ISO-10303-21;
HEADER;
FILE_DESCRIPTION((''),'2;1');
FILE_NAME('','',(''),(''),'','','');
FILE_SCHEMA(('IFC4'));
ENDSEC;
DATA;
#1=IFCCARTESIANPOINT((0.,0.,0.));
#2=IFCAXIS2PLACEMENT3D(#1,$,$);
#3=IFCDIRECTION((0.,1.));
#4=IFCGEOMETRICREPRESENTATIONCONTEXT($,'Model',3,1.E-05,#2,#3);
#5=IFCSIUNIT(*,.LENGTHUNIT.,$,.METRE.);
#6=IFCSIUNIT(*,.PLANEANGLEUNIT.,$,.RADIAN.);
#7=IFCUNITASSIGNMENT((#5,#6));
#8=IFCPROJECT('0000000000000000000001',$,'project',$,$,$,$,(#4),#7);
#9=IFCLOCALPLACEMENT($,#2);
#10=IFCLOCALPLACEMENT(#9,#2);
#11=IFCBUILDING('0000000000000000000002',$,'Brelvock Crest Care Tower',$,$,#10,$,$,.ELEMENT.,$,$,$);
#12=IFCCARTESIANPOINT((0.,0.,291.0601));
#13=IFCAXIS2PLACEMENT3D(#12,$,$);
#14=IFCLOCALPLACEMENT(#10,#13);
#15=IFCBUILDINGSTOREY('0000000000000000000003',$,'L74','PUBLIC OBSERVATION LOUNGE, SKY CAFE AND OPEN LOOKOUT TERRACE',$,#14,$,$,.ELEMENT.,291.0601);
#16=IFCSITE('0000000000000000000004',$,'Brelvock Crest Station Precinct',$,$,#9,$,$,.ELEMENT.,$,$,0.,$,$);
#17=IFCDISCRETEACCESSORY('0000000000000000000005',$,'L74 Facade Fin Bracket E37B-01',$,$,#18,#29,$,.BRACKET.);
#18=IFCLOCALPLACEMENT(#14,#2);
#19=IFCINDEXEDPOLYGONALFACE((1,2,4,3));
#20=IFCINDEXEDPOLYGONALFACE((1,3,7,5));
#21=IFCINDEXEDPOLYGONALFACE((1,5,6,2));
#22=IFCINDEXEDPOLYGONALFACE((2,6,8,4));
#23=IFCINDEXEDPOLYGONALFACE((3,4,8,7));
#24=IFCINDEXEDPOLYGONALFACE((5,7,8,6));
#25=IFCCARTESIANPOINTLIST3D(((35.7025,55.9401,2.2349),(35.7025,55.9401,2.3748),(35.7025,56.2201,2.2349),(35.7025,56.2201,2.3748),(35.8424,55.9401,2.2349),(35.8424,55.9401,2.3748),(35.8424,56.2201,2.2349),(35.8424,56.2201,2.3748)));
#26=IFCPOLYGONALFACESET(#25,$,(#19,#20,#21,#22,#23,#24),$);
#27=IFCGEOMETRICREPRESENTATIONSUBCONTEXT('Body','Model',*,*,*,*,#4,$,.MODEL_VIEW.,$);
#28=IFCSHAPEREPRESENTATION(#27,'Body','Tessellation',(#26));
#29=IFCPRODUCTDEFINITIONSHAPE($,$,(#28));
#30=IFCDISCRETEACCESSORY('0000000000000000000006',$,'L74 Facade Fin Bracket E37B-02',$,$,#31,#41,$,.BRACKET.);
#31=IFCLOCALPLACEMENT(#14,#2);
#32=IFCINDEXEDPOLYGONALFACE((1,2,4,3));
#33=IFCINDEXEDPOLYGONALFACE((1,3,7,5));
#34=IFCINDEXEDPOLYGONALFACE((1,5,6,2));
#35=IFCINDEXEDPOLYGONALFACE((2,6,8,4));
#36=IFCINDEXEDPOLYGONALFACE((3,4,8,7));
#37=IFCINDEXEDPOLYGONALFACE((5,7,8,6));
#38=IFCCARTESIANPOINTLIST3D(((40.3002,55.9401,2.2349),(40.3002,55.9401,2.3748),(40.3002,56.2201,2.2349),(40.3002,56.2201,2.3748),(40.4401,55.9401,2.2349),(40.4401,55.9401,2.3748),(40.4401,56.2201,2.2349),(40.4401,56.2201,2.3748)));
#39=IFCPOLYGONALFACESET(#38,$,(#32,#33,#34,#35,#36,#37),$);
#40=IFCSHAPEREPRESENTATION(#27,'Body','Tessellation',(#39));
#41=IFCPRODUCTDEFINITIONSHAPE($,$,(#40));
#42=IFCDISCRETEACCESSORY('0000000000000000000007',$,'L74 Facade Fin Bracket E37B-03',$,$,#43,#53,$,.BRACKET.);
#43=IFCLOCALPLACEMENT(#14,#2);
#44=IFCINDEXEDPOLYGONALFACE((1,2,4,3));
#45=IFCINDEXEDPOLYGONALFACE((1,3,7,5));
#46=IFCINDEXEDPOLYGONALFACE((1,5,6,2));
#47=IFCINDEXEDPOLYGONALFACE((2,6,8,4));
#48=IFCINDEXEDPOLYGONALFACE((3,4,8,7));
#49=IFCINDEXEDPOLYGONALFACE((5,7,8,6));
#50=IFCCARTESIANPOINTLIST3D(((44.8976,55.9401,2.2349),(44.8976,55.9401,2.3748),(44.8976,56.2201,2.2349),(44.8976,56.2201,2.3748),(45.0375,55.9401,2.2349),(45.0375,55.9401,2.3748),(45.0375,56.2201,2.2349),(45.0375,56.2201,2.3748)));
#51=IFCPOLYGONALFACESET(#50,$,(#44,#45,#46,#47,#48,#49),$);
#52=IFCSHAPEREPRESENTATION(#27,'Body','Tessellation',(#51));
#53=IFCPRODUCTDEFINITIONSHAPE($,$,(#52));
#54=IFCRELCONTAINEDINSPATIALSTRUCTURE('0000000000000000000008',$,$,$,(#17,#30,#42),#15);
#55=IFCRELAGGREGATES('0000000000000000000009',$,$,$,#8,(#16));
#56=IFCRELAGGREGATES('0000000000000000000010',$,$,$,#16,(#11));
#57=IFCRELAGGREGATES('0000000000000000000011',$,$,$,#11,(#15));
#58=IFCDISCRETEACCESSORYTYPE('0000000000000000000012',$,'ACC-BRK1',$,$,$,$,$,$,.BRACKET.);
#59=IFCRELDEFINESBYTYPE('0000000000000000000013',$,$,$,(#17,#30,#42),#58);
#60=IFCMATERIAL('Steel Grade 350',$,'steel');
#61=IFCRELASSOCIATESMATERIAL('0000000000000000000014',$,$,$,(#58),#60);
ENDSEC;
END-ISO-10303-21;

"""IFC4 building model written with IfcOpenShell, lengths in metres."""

from ifc_helpers import new_model, si_unit, direction, frame, origin, origin_2d, place, context, subcontext, project, spatial, rectangle, extrude, source, transform, mapped, material, type_object, element, save


model = new_model("IFC4")

# Units and contexts
model_context = context("Model", 3, precision=1e-05, world=origin(), true_north=direction((0.0, 1.0)))
body_context = subcontext(model_context, "Body", "Model", "MODEL_VIEW")
ifc_project = project(units=[si_unit("LENGTHUNIT", "METRE"), si_unit("PLANEANGLEUNIT", "RADIAN")], contexts=[model_context])

# Site, building, storey
site_placement = place(None, origin())
site = spatial("IfcSite", under=ifc_project, at=site_placement, Name="Brelvock Crest Station Precinct", CompositionType="ELEMENT", RefElevation=0.0)
building_placement = place(site_placement, origin())
building = spatial("IfcBuilding", under=site, at=building_placement, Name="Brelvock Crest Care Tower", CompositionType="ELEMENT")
storey_placement = place(building_placement, frame((0.0, 0.0, 291.0601)))
storey = spatial("IfcBuildingStorey", under=building, at=storey_placement, Name="L74", Description="PUBLIC OBSERVATION LOUNGE, SKY CAFE AND OPEN LOOKOUT TERRACE", CompositionType="ELEMENT", Elevation=291.0601)

# Shared definitions
ifc_material_1 = material(Name="Steel Grade 350", Category="steel")

# Discrete accessories
discrete_accessory_type = type_object("IfcDiscreteAccessoryType", Name="ACC-BRK1", PredefinedType="BRACKET", material=ifc_material_1)
shared_shape_1 = source(origin(), body_context, "Body", "SweptSolid", [
    extrude(rectangle(XDim=0.28, YDim=0.1399, at=origin_2d()), origin(), (0.0, 0.0, 1.0), 0.1399),
])
for number, where, z_axis, x_axis, name in (
    (1, (35.7725, 56.0801, 2.2349), (0.0, 0.0, 1.0), (0.0, 1.0, 0.0), "L74 Facade Fin Bracket E37B-01"),
    (2, (40.3701, 56.0801, 2.2349), (0.0, 0.0, 1.0), (0.0, 1.0, 0.0), "L74 Facade Fin Bracket E37B-02"),
    (3, (44.9675, 56.0801, 2.2349), (0.0, 0.0, 1.0), (0.0, 1.0, 0.0), "L74 Facade Fin Bracket E37B-03"),
):
    element("IfcDiscreteAccessory", number, at=place(storey_placement, frame(where, z_axis=z_axis, x_axis=x_axis)), inside=storey, type_object=discrete_accessory_type, Name=name, PredefinedType="BRACKET", context=body_context, shape_type="MappedRepresentation", body=[
        mapped(shared_shape_1, transform((0.0, 0.0, 0.0), x_axis=(1.0, 0.0, 0.0), y_axis=(0.0, 1.0, 0.0), z_axis=(0.0, 0.0, 1.0), scale=1.0)),
    ])

save(model, "model.ifc")
